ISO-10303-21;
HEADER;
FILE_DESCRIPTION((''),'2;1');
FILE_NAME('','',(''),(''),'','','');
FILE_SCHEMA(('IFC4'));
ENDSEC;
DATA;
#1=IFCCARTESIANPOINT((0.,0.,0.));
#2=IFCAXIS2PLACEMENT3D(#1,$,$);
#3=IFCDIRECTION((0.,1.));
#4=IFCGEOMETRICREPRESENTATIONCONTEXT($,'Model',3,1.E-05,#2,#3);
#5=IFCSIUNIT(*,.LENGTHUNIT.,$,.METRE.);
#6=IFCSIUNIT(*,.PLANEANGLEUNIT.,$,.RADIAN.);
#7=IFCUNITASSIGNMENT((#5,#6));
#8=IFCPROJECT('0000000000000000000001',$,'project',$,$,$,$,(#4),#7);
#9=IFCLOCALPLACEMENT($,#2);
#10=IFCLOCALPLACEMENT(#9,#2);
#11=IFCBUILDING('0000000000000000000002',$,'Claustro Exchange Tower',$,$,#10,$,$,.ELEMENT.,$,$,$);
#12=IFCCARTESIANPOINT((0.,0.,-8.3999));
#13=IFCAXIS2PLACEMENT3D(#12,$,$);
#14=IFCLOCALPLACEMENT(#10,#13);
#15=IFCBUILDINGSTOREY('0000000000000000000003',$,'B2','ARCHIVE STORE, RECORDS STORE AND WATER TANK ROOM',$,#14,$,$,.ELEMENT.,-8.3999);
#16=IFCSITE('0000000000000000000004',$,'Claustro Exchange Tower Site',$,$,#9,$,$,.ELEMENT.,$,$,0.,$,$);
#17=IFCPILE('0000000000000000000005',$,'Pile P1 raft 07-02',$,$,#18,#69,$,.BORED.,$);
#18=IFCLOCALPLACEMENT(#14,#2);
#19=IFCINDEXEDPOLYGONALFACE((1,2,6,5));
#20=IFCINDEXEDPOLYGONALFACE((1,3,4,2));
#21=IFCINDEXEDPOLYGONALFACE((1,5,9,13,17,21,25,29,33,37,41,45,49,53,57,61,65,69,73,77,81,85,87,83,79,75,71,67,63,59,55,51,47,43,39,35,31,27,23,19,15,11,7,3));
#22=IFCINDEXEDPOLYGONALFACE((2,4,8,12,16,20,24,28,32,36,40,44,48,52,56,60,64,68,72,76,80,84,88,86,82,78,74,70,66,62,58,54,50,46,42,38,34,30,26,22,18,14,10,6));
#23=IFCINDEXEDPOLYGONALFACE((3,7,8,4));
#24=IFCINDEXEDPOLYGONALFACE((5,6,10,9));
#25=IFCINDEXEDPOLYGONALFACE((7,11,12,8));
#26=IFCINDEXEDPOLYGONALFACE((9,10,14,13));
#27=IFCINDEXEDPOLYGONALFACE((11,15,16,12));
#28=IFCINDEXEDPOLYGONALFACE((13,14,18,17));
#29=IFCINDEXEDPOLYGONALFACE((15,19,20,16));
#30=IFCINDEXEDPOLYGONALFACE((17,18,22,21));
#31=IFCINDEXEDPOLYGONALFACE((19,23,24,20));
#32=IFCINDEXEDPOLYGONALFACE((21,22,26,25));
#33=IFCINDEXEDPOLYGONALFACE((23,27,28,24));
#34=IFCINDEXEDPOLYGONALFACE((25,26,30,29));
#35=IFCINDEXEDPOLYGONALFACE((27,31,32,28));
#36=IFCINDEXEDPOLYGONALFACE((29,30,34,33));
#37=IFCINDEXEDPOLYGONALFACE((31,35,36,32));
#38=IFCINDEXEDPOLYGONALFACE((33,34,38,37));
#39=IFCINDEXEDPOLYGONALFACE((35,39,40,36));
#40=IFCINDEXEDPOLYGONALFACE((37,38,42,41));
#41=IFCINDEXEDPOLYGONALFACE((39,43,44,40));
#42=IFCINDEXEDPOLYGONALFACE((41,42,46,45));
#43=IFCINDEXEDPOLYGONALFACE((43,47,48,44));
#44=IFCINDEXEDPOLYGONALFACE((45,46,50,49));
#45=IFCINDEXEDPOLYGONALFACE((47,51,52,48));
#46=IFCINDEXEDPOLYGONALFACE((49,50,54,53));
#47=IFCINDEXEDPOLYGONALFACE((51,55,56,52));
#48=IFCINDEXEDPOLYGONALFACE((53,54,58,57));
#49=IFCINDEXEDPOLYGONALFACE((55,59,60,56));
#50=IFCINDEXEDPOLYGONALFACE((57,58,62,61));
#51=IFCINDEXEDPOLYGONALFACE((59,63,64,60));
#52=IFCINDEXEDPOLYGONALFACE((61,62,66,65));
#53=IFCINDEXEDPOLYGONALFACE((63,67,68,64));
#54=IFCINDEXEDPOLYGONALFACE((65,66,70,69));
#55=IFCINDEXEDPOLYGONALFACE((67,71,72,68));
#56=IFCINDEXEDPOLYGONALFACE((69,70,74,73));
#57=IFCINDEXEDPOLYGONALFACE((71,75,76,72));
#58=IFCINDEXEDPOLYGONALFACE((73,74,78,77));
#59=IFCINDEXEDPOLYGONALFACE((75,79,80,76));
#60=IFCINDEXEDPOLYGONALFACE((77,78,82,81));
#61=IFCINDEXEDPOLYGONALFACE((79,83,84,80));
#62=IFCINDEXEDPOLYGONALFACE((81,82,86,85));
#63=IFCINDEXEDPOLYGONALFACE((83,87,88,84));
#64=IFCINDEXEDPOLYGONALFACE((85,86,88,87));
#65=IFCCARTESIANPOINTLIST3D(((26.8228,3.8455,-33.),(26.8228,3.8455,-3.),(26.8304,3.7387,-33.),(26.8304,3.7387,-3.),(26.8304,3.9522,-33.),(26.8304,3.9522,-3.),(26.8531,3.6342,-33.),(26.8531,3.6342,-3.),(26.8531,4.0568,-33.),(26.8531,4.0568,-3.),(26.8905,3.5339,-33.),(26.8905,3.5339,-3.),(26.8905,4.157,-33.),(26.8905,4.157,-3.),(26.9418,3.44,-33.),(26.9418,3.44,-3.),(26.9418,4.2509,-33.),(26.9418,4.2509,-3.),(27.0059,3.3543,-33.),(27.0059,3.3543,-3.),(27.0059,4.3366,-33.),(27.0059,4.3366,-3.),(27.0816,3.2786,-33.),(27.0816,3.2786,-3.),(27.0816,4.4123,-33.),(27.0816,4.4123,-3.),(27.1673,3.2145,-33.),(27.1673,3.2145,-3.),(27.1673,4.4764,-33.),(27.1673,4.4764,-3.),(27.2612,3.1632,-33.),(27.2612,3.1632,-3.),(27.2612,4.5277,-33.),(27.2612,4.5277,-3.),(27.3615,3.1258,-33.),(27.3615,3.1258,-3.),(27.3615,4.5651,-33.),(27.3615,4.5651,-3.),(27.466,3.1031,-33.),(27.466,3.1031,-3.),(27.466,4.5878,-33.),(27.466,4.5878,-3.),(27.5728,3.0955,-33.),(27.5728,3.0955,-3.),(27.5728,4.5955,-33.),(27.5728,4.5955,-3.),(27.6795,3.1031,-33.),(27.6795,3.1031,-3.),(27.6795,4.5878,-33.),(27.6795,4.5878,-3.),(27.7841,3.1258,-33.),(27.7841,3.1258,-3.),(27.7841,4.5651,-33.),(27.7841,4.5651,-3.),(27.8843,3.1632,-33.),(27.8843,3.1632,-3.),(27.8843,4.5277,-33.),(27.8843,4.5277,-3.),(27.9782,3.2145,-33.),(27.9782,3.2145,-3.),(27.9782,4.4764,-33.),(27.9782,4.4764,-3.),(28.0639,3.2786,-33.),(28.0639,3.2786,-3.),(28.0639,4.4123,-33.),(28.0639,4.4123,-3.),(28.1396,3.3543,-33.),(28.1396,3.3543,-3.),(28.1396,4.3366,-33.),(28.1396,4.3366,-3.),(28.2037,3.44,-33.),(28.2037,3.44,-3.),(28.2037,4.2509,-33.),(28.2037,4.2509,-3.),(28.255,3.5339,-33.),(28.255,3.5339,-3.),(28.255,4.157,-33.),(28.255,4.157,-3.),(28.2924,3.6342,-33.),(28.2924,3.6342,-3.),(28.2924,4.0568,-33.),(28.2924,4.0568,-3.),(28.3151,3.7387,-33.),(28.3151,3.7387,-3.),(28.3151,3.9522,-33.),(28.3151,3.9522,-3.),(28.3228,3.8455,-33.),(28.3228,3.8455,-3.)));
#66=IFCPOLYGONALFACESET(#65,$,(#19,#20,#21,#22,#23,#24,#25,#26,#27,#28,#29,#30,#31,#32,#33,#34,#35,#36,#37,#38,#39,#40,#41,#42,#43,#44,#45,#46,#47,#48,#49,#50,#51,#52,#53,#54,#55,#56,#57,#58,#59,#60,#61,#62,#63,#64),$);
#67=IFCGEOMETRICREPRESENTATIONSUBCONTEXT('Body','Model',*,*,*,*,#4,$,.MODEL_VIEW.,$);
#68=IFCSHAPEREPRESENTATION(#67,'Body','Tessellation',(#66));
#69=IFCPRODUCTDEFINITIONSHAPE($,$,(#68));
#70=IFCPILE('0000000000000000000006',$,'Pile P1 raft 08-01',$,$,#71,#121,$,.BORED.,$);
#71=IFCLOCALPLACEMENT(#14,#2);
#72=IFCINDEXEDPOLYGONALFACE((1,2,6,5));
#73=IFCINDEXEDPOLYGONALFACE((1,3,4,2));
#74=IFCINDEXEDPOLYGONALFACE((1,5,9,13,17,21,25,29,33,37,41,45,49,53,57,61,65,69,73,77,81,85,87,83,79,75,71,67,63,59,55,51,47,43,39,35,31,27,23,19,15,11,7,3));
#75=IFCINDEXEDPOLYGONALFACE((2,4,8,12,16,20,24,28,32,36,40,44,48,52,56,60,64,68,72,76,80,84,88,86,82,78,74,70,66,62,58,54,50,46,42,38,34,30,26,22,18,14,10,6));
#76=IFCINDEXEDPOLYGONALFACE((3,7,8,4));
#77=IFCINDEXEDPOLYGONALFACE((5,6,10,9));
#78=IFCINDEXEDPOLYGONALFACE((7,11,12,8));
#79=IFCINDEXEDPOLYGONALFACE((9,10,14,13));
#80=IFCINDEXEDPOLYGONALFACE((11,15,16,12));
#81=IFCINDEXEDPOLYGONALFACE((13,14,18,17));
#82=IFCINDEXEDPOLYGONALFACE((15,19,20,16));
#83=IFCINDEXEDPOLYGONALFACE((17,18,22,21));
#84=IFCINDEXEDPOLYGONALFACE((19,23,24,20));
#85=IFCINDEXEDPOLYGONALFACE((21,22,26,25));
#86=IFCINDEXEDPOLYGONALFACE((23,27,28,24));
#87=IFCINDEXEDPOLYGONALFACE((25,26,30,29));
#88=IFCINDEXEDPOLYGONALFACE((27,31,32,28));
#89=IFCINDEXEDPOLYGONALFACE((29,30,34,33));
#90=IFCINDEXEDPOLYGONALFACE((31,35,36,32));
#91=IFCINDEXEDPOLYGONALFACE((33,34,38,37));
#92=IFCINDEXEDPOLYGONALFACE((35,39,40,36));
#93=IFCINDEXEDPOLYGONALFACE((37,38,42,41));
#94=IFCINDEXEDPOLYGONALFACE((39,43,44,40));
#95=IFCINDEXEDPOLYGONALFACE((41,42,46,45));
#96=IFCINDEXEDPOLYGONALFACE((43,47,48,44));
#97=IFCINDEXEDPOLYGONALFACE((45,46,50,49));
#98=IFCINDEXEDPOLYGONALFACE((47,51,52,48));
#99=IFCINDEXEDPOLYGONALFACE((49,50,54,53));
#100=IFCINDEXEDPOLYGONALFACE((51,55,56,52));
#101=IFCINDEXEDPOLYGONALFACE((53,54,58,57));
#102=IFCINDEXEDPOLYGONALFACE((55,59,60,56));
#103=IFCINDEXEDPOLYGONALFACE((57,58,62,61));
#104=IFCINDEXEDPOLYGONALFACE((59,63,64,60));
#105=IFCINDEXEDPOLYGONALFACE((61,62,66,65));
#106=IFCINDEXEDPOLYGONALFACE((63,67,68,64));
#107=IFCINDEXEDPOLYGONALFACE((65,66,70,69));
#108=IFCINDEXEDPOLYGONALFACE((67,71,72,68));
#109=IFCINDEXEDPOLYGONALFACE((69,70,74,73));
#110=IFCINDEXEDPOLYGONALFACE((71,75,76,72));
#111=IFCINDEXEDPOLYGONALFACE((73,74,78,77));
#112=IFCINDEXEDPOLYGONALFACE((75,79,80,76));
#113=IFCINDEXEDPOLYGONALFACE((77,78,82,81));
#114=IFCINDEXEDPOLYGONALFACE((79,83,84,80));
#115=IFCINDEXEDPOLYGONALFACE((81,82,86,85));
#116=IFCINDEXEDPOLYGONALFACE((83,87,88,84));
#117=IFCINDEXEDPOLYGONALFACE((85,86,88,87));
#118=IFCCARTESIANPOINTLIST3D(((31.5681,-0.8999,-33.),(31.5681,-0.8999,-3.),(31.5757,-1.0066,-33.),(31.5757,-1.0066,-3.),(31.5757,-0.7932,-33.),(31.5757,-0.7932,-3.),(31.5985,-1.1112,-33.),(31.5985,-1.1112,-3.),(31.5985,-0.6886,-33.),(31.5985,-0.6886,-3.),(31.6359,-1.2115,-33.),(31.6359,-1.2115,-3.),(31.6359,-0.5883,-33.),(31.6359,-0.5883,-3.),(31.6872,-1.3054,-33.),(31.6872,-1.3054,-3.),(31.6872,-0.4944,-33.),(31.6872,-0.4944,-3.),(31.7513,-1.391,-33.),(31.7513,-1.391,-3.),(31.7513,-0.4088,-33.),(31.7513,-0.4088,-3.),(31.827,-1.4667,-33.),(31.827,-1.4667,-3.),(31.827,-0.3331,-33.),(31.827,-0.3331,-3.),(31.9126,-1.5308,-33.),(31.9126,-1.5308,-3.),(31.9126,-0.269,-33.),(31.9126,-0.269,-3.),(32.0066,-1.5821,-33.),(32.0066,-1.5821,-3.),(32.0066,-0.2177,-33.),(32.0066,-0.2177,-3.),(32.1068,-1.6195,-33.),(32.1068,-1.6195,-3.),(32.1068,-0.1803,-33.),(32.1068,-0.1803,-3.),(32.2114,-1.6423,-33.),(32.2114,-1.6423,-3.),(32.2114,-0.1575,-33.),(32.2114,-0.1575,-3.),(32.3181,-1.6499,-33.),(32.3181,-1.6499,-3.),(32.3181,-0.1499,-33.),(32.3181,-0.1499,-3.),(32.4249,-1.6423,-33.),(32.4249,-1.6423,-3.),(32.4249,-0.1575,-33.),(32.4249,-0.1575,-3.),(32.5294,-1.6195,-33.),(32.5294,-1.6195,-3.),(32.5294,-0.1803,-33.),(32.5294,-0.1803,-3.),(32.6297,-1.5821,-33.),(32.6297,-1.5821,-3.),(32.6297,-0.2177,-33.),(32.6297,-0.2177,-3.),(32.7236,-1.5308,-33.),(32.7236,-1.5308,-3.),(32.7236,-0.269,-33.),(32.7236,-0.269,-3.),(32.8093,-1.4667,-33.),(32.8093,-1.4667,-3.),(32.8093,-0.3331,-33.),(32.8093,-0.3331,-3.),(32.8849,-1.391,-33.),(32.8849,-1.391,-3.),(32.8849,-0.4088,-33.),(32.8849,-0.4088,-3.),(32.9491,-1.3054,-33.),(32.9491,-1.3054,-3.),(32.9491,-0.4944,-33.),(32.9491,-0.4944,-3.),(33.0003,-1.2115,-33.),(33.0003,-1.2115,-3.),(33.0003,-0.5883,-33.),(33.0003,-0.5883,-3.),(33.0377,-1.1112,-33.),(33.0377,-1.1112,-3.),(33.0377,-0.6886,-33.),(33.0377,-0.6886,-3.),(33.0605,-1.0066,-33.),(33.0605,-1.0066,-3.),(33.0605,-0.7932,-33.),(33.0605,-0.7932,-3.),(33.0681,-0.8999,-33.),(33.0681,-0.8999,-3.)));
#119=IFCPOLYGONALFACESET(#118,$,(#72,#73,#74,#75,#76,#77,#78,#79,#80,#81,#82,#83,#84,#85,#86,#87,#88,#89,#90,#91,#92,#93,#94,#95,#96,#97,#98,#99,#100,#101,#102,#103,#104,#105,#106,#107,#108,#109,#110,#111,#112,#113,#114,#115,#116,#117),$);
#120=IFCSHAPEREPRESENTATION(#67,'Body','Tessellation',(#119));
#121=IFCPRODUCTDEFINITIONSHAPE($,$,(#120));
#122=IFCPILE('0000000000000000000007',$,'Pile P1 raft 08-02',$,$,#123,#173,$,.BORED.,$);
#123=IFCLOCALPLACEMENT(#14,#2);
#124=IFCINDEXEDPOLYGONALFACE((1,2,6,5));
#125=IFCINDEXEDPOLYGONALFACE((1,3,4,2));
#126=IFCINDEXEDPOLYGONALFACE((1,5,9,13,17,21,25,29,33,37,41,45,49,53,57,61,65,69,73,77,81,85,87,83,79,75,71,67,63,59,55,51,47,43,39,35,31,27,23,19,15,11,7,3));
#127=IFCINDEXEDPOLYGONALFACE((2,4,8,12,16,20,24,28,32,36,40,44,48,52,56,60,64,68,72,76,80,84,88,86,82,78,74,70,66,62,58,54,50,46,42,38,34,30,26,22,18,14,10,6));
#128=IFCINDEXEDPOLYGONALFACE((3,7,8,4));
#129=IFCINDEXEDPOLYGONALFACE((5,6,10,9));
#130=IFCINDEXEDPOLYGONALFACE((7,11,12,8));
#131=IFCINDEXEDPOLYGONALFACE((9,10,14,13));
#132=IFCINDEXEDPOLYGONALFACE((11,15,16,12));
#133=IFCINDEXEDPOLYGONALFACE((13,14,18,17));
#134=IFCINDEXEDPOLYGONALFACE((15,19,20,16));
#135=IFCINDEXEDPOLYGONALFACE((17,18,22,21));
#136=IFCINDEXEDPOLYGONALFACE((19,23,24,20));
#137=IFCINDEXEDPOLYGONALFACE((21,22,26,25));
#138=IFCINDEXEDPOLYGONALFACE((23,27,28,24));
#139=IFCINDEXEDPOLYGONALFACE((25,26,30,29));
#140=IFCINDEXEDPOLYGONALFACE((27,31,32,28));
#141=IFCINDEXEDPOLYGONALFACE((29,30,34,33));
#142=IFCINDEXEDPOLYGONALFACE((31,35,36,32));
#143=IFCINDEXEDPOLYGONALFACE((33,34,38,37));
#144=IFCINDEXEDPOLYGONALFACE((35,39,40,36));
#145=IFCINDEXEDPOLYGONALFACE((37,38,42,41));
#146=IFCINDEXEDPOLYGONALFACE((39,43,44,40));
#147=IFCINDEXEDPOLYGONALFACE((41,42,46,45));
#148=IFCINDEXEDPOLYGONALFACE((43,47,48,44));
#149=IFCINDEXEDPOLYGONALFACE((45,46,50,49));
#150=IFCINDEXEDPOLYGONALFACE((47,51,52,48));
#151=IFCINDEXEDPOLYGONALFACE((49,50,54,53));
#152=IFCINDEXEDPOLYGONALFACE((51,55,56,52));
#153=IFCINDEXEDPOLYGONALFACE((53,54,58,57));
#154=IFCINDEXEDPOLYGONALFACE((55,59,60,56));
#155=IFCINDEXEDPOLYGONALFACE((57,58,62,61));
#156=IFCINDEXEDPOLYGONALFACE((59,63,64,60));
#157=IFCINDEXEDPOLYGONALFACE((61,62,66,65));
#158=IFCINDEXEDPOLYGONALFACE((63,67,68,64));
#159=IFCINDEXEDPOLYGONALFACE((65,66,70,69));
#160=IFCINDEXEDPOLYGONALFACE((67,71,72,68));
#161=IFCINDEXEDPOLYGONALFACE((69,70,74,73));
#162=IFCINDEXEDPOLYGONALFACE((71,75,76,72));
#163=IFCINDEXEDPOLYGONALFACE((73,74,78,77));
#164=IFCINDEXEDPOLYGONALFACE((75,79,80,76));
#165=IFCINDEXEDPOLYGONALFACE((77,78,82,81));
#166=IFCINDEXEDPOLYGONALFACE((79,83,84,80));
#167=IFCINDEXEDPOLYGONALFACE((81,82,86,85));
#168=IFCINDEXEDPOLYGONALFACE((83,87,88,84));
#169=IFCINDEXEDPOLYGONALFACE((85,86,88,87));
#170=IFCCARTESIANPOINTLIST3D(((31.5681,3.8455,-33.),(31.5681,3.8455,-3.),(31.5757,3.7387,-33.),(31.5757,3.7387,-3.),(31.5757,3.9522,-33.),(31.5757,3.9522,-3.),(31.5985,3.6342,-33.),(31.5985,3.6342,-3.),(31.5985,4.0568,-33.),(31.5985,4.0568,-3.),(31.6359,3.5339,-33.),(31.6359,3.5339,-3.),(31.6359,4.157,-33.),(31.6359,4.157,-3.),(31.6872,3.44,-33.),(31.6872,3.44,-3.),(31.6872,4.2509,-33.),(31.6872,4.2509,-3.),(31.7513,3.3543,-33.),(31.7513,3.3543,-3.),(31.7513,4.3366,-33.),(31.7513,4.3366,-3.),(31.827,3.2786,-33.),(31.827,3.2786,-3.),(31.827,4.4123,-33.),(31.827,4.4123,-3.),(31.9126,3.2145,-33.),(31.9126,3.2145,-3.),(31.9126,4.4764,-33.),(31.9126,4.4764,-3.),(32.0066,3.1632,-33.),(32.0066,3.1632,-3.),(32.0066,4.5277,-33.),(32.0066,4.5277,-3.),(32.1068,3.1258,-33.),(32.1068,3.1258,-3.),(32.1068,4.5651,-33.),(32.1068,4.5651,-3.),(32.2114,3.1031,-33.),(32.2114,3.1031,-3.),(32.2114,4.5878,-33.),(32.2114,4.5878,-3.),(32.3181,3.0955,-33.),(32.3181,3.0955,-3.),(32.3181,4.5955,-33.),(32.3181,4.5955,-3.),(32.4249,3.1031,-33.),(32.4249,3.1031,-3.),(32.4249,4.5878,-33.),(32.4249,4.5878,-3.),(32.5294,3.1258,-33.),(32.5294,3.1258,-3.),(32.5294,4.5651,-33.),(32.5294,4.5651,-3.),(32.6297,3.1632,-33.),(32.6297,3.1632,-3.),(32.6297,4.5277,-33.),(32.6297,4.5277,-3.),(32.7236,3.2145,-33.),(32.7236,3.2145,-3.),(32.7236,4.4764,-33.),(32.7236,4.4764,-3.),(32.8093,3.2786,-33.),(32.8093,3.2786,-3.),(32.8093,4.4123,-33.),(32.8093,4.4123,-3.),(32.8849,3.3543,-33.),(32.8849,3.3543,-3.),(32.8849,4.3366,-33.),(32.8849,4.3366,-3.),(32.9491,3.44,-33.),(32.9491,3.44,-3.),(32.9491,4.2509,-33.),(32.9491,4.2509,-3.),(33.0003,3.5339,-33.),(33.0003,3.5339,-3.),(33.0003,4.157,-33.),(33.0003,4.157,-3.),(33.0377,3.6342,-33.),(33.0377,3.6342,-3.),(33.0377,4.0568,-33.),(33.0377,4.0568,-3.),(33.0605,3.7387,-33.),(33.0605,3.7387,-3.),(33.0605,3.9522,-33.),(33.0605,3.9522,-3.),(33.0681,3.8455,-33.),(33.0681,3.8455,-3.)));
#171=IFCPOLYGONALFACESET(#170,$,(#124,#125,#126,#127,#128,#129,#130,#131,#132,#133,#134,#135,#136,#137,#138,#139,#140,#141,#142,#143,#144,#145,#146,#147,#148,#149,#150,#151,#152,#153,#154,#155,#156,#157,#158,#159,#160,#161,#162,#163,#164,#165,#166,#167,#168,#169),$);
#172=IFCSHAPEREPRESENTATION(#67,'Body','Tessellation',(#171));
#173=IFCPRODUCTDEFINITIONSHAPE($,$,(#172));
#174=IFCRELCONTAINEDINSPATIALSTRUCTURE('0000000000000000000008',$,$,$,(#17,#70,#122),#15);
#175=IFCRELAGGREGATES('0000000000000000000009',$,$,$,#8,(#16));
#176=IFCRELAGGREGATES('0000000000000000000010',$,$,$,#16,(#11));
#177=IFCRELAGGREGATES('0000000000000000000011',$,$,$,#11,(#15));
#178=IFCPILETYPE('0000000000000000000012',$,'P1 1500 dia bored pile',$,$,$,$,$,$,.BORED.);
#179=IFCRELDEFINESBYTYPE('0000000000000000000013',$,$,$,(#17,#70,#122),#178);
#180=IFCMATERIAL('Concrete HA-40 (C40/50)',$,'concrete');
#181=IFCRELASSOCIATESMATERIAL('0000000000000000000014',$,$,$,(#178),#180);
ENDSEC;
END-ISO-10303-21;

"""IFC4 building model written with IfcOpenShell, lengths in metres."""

from ifc_helpers import new_model, si_unit, direction, frame, origin, origin_2d, place, context, subcontext, project, spatial, circle, extrude, material, type_object, element, save


model = new_model("IFC4")

# Units and contexts
model_context = context("Model", 3, precision=1e-05, world=origin(), true_north=direction((0.0, 1.0)))
body_context = subcontext(model_context, "Body", "Model", "MODEL_VIEW")
ifc_project = project(units=[si_unit("LENGTHUNIT", "METRE"), si_unit("PLANEANGLEUNIT", "RADIAN")], contexts=[model_context])

# Site, building, storey
site_placement = place(None, origin())
site = spatial("IfcSite", under=ifc_project, at=site_placement, Name="Claustro Exchange Tower Site", CompositionType="ELEMENT", RefElevation=0.0)
building_placement = place(site_placement, origin())
building = spatial("IfcBuilding", under=site, at=building_placement, Name="Claustro Exchange Tower", CompositionType="ELEMENT")
storey_placement = place(building_placement, frame((0.0, 0.0, -8.3999)))
storey = spatial("IfcBuildingStorey", under=building, at=storey_placement, Name="B2", Description="ARCHIVE STORE, RECORDS STORE AND WATER TANK ROOM", CompositionType="ELEMENT", Elevation=-8.3999)

# Piles
ifc_material_1 = material(Name="Concrete HA-40 (C40/50)", Category="concrete")
pile_type_1 = type_object("IfcPileType", Name="P1 1500 dia bored pile", PredefinedType="BORED", material=ifc_material_1)
for number, where, z_axis, x_axis, name in (
    (1, (27.5728, 3.8455, -3.0), (0.0, 0.0, -1.0), (1.0, 0.0, 0.0), "Pile P1 raft 07-02"),
    (2, (32.3181, -0.8999, -3.0), (0.0, 0.0, -1.0), (1.0, 0.0, 0.0), "Pile P1 raft 08-01"),
    (3, (32.3181, 3.8455, -3.0), (0.0, 0.0, -1.0), (1.0, 0.0, 0.0), "Pile P1 raft 08-02"),
):
    element("IfcPile", number, at=place(storey_placement, frame(where, z_axis=z_axis, x_axis=x_axis)), inside=storey, type_object=pile_type_1, Name=name, PredefinedType="BORED", context=body_context, shape_type="SweptSolid", body=[
        extrude(circle(Radius=0.75, at=origin_2d()), origin(), (0.0, 0.0, 1.0), 30.0),
    ])

save(model, "model.ifc")
